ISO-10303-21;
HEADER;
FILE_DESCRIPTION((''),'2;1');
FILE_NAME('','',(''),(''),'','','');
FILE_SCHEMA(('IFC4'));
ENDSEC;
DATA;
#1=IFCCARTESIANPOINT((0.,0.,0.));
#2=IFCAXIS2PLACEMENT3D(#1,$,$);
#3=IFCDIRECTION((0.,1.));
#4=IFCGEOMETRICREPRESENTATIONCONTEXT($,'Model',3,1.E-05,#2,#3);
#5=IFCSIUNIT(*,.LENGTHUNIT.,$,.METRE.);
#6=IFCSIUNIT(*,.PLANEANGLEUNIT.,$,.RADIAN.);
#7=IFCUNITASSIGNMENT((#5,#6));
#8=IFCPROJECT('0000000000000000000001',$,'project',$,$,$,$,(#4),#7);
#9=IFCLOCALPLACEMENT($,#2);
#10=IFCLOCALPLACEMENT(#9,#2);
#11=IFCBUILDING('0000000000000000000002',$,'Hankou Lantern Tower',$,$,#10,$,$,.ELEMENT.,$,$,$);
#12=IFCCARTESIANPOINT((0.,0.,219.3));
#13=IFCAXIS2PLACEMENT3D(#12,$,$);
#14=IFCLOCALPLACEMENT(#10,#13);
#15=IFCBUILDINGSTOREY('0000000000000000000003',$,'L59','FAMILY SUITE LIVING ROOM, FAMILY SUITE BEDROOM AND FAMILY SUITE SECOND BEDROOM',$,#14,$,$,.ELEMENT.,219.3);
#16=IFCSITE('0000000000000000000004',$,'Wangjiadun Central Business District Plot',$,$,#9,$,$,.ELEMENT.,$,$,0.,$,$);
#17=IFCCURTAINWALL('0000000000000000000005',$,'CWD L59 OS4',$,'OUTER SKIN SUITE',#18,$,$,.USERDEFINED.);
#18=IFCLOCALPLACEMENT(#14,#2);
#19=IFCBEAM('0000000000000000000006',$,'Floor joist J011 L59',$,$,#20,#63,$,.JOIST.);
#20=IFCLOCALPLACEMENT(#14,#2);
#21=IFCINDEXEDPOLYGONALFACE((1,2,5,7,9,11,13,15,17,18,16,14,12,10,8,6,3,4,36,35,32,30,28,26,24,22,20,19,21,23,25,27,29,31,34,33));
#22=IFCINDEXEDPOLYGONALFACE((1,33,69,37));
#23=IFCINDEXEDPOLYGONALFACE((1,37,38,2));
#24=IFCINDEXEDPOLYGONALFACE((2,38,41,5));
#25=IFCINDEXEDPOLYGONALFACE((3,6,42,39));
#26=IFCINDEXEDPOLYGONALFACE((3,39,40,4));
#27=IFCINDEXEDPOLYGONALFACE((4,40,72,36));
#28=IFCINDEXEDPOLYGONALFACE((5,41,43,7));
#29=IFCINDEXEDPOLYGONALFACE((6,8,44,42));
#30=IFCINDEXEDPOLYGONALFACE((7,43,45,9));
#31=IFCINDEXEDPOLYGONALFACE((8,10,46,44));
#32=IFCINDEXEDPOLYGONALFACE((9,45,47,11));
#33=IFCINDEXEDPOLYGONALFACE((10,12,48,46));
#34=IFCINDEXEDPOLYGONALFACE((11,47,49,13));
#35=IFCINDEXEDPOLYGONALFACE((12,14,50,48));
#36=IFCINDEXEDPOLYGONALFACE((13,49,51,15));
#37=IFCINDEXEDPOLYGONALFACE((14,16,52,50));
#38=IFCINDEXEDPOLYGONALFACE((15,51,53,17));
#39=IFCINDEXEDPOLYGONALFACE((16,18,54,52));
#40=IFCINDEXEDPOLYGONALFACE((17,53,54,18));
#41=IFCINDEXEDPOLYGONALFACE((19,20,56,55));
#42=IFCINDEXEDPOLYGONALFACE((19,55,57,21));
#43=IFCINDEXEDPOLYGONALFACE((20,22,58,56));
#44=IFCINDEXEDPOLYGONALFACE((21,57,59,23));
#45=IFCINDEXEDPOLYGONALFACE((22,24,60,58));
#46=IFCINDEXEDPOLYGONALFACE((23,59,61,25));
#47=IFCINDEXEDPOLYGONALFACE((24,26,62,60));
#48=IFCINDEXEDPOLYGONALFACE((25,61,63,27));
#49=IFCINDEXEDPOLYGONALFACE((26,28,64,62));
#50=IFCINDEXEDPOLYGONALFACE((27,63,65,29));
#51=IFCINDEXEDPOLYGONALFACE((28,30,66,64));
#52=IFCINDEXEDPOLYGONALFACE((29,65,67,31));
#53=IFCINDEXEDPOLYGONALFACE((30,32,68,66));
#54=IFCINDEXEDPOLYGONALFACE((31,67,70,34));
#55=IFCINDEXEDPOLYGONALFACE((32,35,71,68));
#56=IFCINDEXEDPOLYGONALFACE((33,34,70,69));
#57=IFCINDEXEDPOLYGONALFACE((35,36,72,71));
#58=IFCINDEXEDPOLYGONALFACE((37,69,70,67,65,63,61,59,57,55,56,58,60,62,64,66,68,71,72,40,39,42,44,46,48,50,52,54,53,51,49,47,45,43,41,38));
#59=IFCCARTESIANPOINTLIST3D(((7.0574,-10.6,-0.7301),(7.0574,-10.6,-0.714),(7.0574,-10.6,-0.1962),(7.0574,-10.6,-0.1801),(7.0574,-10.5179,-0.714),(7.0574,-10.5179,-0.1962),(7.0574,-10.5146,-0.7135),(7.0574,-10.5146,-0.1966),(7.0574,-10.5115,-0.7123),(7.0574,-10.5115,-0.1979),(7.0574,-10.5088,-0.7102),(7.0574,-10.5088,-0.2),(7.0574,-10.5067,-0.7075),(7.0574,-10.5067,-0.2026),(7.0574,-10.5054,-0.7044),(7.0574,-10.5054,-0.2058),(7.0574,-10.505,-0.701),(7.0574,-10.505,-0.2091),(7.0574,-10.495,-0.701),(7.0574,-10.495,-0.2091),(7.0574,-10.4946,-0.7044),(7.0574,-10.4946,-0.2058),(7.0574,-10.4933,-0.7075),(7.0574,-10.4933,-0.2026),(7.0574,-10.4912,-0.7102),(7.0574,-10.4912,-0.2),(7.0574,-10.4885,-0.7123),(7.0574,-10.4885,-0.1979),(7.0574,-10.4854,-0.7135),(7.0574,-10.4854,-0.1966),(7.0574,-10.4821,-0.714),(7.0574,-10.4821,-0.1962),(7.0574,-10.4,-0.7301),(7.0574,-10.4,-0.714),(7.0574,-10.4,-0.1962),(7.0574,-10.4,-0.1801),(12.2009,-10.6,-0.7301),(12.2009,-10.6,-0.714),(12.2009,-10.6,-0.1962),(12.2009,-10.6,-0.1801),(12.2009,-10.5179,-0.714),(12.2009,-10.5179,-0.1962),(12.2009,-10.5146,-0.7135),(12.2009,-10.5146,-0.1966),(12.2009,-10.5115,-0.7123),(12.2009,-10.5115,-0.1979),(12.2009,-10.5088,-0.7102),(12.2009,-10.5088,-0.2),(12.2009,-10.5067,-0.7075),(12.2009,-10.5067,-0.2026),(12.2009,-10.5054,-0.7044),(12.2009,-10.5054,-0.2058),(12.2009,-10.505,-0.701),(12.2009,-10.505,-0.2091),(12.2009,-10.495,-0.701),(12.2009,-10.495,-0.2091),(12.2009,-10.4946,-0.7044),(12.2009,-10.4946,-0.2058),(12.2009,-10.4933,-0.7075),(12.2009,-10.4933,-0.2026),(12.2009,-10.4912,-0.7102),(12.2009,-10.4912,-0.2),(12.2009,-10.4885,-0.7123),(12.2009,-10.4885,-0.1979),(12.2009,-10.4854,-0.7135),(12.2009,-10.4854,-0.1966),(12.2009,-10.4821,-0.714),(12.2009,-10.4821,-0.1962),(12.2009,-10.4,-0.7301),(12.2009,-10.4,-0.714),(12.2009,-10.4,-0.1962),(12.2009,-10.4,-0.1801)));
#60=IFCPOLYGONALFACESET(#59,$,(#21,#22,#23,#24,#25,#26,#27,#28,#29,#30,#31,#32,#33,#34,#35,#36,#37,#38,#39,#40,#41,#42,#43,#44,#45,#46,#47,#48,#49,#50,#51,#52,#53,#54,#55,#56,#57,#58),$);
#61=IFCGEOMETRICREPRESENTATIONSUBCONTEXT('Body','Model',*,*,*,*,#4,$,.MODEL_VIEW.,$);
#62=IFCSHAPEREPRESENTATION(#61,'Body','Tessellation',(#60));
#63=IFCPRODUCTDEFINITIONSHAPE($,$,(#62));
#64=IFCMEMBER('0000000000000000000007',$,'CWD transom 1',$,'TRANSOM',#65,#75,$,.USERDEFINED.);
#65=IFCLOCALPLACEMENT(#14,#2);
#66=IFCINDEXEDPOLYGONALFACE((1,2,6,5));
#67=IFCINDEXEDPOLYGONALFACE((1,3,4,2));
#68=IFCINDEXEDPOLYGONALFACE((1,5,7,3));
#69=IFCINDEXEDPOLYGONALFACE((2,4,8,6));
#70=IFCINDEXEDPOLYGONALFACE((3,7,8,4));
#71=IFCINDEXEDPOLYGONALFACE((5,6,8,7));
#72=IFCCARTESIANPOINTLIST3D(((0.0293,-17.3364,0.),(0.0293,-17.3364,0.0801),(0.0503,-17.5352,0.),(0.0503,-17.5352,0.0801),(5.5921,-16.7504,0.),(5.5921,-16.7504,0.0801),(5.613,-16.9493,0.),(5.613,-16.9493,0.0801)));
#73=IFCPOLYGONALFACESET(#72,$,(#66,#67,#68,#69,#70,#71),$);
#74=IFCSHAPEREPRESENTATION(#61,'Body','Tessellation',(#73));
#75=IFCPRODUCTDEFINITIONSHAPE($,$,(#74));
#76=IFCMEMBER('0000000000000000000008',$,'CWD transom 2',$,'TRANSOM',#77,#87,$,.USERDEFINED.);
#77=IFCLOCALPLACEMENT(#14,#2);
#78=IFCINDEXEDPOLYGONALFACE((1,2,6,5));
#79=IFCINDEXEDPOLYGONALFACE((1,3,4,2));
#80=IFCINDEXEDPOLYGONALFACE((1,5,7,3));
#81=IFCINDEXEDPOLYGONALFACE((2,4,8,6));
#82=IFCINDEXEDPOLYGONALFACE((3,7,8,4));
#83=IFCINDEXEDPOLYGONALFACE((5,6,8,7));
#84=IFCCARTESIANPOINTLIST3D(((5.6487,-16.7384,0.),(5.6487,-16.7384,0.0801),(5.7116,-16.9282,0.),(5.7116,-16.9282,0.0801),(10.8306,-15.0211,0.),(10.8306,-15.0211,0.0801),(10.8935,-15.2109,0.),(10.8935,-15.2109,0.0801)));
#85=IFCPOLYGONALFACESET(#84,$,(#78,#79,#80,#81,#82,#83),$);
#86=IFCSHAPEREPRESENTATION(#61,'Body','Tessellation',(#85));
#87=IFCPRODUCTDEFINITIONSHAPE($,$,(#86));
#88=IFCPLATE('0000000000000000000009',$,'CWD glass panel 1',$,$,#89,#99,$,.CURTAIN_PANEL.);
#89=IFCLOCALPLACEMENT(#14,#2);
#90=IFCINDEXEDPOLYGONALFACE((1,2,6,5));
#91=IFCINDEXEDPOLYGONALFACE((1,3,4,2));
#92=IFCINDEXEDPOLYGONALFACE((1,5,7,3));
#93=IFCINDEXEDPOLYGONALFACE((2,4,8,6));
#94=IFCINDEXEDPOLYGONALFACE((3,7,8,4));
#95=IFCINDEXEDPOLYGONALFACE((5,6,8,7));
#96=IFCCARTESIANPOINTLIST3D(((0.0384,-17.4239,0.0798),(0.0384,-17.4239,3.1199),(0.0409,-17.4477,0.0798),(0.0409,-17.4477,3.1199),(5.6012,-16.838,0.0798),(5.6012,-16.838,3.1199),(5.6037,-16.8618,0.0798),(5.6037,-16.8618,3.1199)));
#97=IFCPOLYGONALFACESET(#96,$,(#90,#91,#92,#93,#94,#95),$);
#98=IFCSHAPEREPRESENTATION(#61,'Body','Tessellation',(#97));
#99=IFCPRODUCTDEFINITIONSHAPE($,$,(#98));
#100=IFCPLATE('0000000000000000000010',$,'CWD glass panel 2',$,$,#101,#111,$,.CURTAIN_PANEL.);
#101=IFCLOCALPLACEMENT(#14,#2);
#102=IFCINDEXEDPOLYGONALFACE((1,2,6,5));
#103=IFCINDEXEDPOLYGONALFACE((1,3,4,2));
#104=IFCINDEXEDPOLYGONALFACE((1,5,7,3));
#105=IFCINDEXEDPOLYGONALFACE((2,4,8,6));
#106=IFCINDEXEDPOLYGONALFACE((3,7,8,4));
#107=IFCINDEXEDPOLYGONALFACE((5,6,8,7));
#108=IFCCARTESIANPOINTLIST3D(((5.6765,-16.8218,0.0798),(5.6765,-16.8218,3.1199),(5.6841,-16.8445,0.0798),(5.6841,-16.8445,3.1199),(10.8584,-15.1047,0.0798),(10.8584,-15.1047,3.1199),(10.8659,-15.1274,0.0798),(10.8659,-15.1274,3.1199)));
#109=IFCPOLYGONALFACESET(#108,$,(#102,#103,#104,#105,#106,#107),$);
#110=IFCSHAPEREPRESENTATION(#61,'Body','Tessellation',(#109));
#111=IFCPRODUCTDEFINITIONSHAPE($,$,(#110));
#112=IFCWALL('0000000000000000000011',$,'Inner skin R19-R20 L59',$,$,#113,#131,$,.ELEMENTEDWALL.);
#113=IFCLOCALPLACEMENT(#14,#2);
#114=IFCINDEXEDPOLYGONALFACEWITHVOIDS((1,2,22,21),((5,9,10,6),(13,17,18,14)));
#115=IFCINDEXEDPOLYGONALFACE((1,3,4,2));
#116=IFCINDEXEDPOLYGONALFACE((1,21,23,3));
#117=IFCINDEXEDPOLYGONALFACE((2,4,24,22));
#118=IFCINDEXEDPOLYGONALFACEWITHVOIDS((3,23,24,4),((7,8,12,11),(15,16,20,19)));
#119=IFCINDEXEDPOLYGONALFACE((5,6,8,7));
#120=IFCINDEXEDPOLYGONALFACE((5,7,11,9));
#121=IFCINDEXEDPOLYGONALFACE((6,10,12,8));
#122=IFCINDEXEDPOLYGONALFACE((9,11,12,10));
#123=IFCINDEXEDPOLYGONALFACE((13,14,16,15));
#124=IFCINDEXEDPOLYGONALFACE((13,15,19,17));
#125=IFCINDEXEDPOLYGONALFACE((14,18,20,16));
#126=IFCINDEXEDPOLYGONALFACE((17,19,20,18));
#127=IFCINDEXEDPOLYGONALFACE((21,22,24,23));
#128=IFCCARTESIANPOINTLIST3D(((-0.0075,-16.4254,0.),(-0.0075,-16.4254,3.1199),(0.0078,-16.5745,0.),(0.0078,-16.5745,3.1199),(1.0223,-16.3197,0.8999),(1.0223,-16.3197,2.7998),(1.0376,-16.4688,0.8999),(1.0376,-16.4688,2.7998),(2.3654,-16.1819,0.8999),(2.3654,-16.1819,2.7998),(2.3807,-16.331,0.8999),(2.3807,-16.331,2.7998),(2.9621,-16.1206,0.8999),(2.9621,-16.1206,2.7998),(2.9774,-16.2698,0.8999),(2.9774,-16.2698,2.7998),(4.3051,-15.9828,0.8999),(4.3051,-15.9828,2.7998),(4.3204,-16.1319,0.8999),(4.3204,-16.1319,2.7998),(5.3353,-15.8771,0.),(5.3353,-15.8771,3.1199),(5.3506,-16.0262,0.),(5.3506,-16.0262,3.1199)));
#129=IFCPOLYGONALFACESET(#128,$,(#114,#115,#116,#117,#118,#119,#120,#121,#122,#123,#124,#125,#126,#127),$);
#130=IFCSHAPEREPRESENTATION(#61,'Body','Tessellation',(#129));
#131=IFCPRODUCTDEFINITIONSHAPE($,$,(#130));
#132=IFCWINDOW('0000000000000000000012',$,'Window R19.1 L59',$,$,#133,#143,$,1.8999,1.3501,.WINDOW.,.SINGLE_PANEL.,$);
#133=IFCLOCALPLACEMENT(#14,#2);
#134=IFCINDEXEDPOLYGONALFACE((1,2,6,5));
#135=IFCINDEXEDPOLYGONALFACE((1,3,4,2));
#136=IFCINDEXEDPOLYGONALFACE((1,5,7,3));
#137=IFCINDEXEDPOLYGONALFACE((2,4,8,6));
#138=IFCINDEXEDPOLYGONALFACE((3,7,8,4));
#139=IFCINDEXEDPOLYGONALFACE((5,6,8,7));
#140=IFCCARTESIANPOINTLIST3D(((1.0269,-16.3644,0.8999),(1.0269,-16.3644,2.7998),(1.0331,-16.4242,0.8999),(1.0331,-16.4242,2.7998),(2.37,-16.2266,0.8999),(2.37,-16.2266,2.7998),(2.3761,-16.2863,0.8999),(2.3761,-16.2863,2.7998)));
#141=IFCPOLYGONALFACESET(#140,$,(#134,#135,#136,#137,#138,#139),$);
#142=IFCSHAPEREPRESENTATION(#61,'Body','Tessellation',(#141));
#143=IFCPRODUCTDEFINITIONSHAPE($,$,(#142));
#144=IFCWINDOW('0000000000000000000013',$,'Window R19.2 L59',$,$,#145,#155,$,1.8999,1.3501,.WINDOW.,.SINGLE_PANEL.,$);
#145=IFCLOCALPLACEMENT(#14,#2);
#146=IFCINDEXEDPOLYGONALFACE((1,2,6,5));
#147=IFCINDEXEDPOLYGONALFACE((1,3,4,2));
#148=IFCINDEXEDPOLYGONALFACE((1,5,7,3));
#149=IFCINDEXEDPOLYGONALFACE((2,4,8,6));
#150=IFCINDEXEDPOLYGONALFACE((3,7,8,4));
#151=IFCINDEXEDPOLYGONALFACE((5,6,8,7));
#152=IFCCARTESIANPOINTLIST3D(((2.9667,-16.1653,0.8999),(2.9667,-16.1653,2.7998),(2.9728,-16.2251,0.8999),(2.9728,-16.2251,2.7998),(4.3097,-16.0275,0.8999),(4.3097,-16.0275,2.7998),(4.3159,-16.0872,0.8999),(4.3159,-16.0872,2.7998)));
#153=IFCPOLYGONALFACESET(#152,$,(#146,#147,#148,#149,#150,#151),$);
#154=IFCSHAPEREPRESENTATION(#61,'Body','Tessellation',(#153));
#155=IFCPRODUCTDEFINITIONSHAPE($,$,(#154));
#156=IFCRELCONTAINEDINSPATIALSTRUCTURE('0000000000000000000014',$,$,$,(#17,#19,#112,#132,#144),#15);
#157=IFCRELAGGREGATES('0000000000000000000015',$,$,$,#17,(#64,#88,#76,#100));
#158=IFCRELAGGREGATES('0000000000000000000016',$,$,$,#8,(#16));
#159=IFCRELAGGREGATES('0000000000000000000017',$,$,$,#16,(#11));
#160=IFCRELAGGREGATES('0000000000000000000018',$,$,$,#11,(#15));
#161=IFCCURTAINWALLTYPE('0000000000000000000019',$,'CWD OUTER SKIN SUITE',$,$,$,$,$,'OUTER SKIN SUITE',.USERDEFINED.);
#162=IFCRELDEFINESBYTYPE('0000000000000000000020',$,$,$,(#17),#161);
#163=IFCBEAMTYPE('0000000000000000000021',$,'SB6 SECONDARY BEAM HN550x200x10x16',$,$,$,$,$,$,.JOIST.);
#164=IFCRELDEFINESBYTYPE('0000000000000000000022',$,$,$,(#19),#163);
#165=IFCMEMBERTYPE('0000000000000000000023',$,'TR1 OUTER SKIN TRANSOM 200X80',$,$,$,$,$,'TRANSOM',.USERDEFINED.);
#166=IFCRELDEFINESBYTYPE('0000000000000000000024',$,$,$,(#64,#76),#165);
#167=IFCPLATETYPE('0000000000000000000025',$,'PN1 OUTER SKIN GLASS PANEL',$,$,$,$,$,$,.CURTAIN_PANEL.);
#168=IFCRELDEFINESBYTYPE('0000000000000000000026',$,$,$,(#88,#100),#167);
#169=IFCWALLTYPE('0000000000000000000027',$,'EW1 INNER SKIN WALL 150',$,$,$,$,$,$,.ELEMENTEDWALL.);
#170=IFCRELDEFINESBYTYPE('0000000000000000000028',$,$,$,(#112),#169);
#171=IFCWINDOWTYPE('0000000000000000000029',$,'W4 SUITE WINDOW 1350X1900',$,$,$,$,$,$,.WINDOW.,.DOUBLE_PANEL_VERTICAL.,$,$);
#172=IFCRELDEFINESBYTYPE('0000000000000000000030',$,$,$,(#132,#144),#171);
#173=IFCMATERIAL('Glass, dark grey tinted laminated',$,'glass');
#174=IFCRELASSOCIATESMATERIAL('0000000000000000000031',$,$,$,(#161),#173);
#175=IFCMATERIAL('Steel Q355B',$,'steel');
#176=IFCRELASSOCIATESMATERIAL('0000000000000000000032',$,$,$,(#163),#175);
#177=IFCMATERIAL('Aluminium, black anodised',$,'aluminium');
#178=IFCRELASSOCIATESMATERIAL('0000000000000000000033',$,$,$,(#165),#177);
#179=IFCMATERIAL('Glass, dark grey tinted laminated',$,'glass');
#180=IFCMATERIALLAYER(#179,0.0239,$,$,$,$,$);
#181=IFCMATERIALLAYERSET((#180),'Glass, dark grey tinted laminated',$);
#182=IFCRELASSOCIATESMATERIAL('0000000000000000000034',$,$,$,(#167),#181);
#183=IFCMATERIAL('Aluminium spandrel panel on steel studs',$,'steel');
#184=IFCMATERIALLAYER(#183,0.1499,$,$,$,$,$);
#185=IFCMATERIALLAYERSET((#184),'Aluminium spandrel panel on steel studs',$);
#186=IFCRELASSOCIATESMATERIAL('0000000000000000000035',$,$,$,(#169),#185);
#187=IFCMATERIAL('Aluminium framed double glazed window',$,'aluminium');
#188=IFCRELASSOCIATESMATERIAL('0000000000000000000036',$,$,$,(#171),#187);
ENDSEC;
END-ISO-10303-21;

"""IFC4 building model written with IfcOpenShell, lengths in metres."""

from ifc_helpers import new_model, si_unit, direction, frame, frame_2d, origin, origin_2d, place, context, subcontext, project, spatial, rectangle, i_section, extrude, material, layer, layer_set, material_profile, profile_set, type_object, element, fill, aggregate, save


model = new_model("IFC4")

# Units and contexts
model_context = context("Model", 3, precision=1e-05, world=origin(), true_north=direction((0.0, 1.0)))
body_context = subcontext(model_context, "Body", "Model", "MODEL_VIEW")
ifc_project = project(units=[si_unit("LENGTHUNIT", "METRE"), si_unit("PLANEANGLEUNIT", "RADIAN")], contexts=[model_context])

# Site, building, storey
site_placement = place(None, origin())
site = spatial("IfcSite", under=ifc_project, at=site_placement, Name="Wangjiadun Central Business District Plot", CompositionType="ELEMENT", RefElevation=0.0)
building_placement = place(site_placement, origin())
building = spatial("IfcBuilding", under=site, at=building_placement, Name="Hankou Lantern Tower", CompositionType="ELEMENT")
storey_placement = place(building_placement, frame((0.0, 0.0, 219.3)))
storey = spatial("IfcBuildingStorey", under=building, at=storey_placement, Name="L59", Description="FAMILY SUITE LIVING ROOM, FAMILY SUITE BEDROOM AND FAMILY SUITE SECOND BEDROOM", CompositionType="ELEMENT", Elevation=219.3)

# Curtain wall
ifc_material_1 = material(Name="Glass, dark grey tinted laminated", Category="glass")
curtain_wall_type = type_object("IfcCurtainWallType", Name="CWD OUTER SKIN SUITE", ElementType="OUTER SKIN SUITE", PredefinedType="USERDEFINED", material=ifc_material_1)
curtain_wall_placement = place(storey_placement, origin())
curtain_wall = element("IfcCurtainWall", 1, at=curtain_wall_placement, inside=storey, type_object=curtain_wall_type, Name="CWD L59 OS4", ObjectType="OUTER SKIN SUITE", PredefinedType="USERDEFINED")

# Beam
ifc_material_2 = material(Name="Steel Q355B", Category="steel")
ifc_material_profile_1 = material_profile(ifc_material_2, i_section(OverallWidth=0.2, OverallDepth=0.55, WebThickness=0.01, FlangeThickness=0.0161, FilletRadius=0.0129, at=origin_2d()), Name="HN550x200x10x16")
ifc_profile_set_1 = profile_set([ifc_material_profile_1], Name="Steel Q355B")
beam_type_1 = type_object("IfcBeamType", Name="SB6 SECONDARY BEAM HN550x200x10x16", PredefinedType="JOIST", material=ifc_profile_set_1)
beam_1_placement = place(storey_placement, frame((7.0574, -10.5, -0.4551), z_axis=(1.0, 0.0, 0.0), x_axis=(0.0, 1.0, 0.0)))
element("IfcBeam", 2, at=beam_1_placement, inside=storey, type_object=beam_type_1, Name="Floor joist J011 L59", PredefinedType="JOIST", context=body_context, shape_type="SweptSolid", body=[
    extrude(i_section(OverallWidth=0.2, OverallDepth=0.55, WebThickness=0.01, FlangeThickness=0.0161, FilletRadius=0.0129, at=origin_2d()), origin(), (0.0, 0.0, 1.0), 5.1436),
])

# Members
ifc_material_3 = material(Name="Aluminium, black anodised", Category="aluminium")
ifc_material_profile_2 = material_profile(ifc_material_3, rectangle(XDim=0.2, YDim=0.0801, at=origin_2d()), Name="TR1 200X80")
ifc_profile_set_2 = profile_set([ifc_material_profile_2], Name="Aluminium, black anodised")
member_type_1 = type_object("IfcMemberType", Name="TR1 OUTER SKIN TRANSOM 200X80", ElementType="TRANSOM", PredefinedType="USERDEFINED", material=ifc_profile_set_2)
member_1_placement = place(storey_placement, frame((0.0398, -17.4358, 0.04), z_axis=(0.994498, 0.104753, 0.0), x_axis=(-0.104753, 0.994498, 0.0)))
member_1 = element("IfcMember", 3, at=member_1_placement, type_object=member_type_1, Name="CWD transom 1", ObjectType="TRANSOM", PredefinedType="USERDEFINED", context=body_context, shape_type="SweptSolid", body=[
    extrude(rectangle(XDim=0.2, YDim=0.0801, at=origin_2d()), origin(), (0.0, 0.0, 1.0), 5.5935),
])
member_2_placement = place(storey_placement, frame((5.6802, -16.8333, 0.04), z_axis=(0.949232, 0.314577, 0.0), x_axis=(-0.314577, 0.949232, 0.0)))
member_2 = element("IfcMember", 4, at=member_2_placement, type_object=member_type_1, Name="CWD transom 2", ObjectType="TRANSOM", PredefinedType="USERDEFINED", context=body_context, shape_type="SweptSolid", body=[
    extrude(rectangle(XDim=0.2, YDim=0.0801, at=origin_2d()), origin(), (0.0, 0.0, 1.0), 5.459),
])

# Plates
ifc_material_4 = material(Name="Glass, dark grey tinted laminated", Category="glass")
ifc_layer_1 = layer(ifc_material_4, 0.0239)
ifc_layer_set_1 = layer_set([ifc_layer_1], Name="Glass, dark grey tinted laminated")
plate_type = type_object("IfcPlateType", Name="PN1 OUTER SKIN GLASS PANEL", PredefinedType="CURTAIN_PANEL", material=ifc_layer_set_1)
plate_1_placement = place(storey_placement, frame((2.821, -17.1428, 0.0798), z_axis=(0.0, 0.0, 1.0), x_axis=(0.994499, 0.104743, 0.0)))
plate_1 = element("IfcPlate", 5, at=plate_1_placement, type_object=plate_type, Name="CWD glass panel 1", PredefinedType="CURTAIN_PANEL", context=body_context, shape_type="SweptSolid", body=[
    extrude(rectangle(XDim=5.5935, YDim=0.0239, at=origin_2d()), origin(), (0.0, 0.0, 1.0), 3.04),
])
plate_2_placement = place(storey_placement, frame((8.2712, -15.9746, 0.0798), z_axis=(0.0, 0.0, 1.0), x_axis=(0.949241, 0.314551, 0.0)))
plate_2 = element("IfcPlate", 6, at=plate_2_placement, type_object=plate_type, Name="CWD glass panel 2", PredefinedType="CURTAIN_PANEL", context=body_context, shape_type="SweptSolid", body=[
    extrude(rectangle(XDim=5.459, YDim=0.0239, at=origin_2d()), origin(), (0.0, 0.0, 1.0), 3.04),
])
aggregate(curtain_wall, [member_1, plate_1, member_2, plate_2])

# Wall, openings, windows
ifc_material_5 = material(Name="Aluminium spandrel panel on steel studs", Category="steel")
ifc_layer_2 = layer(ifc_material_5, 0.1499)
ifc_layer_set_2 = layer_set([ifc_layer_2], Name="Aluminium spandrel panel on steel studs")
wall_type_1 = type_object("IfcWallType", Name="EW1 INNER SKIN WALL 150", PredefinedType="ELEMENTEDWALL", material=ifc_layer_set_2)
wall_1_placement = place(storey_placement, frame((0.0, -16.5, 0.0), z_axis=(0.0, 0.0, 1.0), x_axis=(0.994775, 0.102096, 0.0)))
wall_1 = element("IfcWall", 7, at=wall_1_placement, inside=storey, type_object=wall_type_1, Name="Inner skin R19-R20 L59", PredefinedType="ELEMENTEDWALL", context=body_context, shape_type="SweptSolid", body=[
    extrude(rectangle(XDim=5.3708, YDim=0.1499, at=frame_2d((2.6855, 0.0))), origin(), (0.0, 0.0, 1.0), 3.1199),
])
opening_1_placement = place(wall_1_placement, frame((1.0354, 0.0, 0.8999)))
opening_1 = element("IfcOpeningElement", 8, at=opening_1_placement, cuts=wall_1, PredefinedType="OPENING", context=body_context, shape_type="SweptSolid", body=[
    extrude(rectangle(XDim=1.3501, YDim=1.8999, at=frame_2d((0.675, 0.95))), frame((0.0, 0.085, 0.0), z_axis=(0.0, -1.0, 0.0), x_axis=(1.0, 0.0, 0.0)), (0.0, 0.0, 1.0), 0.1699),
])
opening_2_placement = place(wall_1_placement, frame((2.9854, 0.0, 0.8999)))
opening_2 = element("IfcOpeningElement", 9, at=opening_2_placement, cuts=wall_1, PredefinedType="OPENING", context=body_context, shape_type="SweptSolid", body=[
    extrude(rectangle(XDim=1.3501, YDim=1.8999, at=frame_2d((0.675, 0.95))), frame((0.0, 0.085, 0.0), z_axis=(0.0, -1.0, 0.0), x_axis=(1.0, 0.0, 0.0)), (0.0, 0.0, 1.0), 0.1699),
])
ifc_material_6 = material(Name="Aluminium framed double glazed window", Category="aluminium")
window_type = type_object("IfcWindowType", Name="W4 SUITE WINDOW 1350X1900", PartitioningType="DOUBLE_PANEL_VERTICAL", PredefinedType="WINDOW", material=ifc_material_6)
window_1_placement = place(opening_1_placement, origin())
window_1 = element("IfcWindow", 10, at=window_1_placement, inside=storey, type_object=window_type, Name="Window R19.1 L59", OverallHeight=1.8999, OverallWidth=1.3501, PartitioningType="SINGLE_PANEL", PredefinedType="WINDOW", context=body_context, shape_type="SweptSolid", body=[
    extrude(rectangle(XDim=1.3501, YDim=1.8999, at=frame_2d((0.675, 0.95))), frame((0.0, 0.03, 0.0), z_axis=(0.0, -1.0, 0.0), x_axis=(1.0, 0.0, 0.0)), (0.0, 0.0, 1.0), 0.0601),
])
fill(opening_1, window_1)
window_2_placement = place(opening_2_placement, origin())
window_2 = element("IfcWindow", 11, at=window_2_placement, inside=storey, type_object=window_type, Name="Window R19.2 L59", OverallHeight=1.8999, OverallWidth=1.3501, PartitioningType="SINGLE_PANEL", PredefinedType="WINDOW", context=body_context, shape_type="SweptSolid", body=[
    extrude(rectangle(XDim=1.3501, YDim=1.8999, at=frame_2d((0.675, 0.95))), frame((0.0, 0.03, 0.0), z_axis=(0.0, -1.0, 0.0), x_axis=(1.0, 0.0, 0.0)), (0.0, 0.0, 1.0), 0.0601),
])
fill(opening_2, window_2)

save(model, "model.ifc")
